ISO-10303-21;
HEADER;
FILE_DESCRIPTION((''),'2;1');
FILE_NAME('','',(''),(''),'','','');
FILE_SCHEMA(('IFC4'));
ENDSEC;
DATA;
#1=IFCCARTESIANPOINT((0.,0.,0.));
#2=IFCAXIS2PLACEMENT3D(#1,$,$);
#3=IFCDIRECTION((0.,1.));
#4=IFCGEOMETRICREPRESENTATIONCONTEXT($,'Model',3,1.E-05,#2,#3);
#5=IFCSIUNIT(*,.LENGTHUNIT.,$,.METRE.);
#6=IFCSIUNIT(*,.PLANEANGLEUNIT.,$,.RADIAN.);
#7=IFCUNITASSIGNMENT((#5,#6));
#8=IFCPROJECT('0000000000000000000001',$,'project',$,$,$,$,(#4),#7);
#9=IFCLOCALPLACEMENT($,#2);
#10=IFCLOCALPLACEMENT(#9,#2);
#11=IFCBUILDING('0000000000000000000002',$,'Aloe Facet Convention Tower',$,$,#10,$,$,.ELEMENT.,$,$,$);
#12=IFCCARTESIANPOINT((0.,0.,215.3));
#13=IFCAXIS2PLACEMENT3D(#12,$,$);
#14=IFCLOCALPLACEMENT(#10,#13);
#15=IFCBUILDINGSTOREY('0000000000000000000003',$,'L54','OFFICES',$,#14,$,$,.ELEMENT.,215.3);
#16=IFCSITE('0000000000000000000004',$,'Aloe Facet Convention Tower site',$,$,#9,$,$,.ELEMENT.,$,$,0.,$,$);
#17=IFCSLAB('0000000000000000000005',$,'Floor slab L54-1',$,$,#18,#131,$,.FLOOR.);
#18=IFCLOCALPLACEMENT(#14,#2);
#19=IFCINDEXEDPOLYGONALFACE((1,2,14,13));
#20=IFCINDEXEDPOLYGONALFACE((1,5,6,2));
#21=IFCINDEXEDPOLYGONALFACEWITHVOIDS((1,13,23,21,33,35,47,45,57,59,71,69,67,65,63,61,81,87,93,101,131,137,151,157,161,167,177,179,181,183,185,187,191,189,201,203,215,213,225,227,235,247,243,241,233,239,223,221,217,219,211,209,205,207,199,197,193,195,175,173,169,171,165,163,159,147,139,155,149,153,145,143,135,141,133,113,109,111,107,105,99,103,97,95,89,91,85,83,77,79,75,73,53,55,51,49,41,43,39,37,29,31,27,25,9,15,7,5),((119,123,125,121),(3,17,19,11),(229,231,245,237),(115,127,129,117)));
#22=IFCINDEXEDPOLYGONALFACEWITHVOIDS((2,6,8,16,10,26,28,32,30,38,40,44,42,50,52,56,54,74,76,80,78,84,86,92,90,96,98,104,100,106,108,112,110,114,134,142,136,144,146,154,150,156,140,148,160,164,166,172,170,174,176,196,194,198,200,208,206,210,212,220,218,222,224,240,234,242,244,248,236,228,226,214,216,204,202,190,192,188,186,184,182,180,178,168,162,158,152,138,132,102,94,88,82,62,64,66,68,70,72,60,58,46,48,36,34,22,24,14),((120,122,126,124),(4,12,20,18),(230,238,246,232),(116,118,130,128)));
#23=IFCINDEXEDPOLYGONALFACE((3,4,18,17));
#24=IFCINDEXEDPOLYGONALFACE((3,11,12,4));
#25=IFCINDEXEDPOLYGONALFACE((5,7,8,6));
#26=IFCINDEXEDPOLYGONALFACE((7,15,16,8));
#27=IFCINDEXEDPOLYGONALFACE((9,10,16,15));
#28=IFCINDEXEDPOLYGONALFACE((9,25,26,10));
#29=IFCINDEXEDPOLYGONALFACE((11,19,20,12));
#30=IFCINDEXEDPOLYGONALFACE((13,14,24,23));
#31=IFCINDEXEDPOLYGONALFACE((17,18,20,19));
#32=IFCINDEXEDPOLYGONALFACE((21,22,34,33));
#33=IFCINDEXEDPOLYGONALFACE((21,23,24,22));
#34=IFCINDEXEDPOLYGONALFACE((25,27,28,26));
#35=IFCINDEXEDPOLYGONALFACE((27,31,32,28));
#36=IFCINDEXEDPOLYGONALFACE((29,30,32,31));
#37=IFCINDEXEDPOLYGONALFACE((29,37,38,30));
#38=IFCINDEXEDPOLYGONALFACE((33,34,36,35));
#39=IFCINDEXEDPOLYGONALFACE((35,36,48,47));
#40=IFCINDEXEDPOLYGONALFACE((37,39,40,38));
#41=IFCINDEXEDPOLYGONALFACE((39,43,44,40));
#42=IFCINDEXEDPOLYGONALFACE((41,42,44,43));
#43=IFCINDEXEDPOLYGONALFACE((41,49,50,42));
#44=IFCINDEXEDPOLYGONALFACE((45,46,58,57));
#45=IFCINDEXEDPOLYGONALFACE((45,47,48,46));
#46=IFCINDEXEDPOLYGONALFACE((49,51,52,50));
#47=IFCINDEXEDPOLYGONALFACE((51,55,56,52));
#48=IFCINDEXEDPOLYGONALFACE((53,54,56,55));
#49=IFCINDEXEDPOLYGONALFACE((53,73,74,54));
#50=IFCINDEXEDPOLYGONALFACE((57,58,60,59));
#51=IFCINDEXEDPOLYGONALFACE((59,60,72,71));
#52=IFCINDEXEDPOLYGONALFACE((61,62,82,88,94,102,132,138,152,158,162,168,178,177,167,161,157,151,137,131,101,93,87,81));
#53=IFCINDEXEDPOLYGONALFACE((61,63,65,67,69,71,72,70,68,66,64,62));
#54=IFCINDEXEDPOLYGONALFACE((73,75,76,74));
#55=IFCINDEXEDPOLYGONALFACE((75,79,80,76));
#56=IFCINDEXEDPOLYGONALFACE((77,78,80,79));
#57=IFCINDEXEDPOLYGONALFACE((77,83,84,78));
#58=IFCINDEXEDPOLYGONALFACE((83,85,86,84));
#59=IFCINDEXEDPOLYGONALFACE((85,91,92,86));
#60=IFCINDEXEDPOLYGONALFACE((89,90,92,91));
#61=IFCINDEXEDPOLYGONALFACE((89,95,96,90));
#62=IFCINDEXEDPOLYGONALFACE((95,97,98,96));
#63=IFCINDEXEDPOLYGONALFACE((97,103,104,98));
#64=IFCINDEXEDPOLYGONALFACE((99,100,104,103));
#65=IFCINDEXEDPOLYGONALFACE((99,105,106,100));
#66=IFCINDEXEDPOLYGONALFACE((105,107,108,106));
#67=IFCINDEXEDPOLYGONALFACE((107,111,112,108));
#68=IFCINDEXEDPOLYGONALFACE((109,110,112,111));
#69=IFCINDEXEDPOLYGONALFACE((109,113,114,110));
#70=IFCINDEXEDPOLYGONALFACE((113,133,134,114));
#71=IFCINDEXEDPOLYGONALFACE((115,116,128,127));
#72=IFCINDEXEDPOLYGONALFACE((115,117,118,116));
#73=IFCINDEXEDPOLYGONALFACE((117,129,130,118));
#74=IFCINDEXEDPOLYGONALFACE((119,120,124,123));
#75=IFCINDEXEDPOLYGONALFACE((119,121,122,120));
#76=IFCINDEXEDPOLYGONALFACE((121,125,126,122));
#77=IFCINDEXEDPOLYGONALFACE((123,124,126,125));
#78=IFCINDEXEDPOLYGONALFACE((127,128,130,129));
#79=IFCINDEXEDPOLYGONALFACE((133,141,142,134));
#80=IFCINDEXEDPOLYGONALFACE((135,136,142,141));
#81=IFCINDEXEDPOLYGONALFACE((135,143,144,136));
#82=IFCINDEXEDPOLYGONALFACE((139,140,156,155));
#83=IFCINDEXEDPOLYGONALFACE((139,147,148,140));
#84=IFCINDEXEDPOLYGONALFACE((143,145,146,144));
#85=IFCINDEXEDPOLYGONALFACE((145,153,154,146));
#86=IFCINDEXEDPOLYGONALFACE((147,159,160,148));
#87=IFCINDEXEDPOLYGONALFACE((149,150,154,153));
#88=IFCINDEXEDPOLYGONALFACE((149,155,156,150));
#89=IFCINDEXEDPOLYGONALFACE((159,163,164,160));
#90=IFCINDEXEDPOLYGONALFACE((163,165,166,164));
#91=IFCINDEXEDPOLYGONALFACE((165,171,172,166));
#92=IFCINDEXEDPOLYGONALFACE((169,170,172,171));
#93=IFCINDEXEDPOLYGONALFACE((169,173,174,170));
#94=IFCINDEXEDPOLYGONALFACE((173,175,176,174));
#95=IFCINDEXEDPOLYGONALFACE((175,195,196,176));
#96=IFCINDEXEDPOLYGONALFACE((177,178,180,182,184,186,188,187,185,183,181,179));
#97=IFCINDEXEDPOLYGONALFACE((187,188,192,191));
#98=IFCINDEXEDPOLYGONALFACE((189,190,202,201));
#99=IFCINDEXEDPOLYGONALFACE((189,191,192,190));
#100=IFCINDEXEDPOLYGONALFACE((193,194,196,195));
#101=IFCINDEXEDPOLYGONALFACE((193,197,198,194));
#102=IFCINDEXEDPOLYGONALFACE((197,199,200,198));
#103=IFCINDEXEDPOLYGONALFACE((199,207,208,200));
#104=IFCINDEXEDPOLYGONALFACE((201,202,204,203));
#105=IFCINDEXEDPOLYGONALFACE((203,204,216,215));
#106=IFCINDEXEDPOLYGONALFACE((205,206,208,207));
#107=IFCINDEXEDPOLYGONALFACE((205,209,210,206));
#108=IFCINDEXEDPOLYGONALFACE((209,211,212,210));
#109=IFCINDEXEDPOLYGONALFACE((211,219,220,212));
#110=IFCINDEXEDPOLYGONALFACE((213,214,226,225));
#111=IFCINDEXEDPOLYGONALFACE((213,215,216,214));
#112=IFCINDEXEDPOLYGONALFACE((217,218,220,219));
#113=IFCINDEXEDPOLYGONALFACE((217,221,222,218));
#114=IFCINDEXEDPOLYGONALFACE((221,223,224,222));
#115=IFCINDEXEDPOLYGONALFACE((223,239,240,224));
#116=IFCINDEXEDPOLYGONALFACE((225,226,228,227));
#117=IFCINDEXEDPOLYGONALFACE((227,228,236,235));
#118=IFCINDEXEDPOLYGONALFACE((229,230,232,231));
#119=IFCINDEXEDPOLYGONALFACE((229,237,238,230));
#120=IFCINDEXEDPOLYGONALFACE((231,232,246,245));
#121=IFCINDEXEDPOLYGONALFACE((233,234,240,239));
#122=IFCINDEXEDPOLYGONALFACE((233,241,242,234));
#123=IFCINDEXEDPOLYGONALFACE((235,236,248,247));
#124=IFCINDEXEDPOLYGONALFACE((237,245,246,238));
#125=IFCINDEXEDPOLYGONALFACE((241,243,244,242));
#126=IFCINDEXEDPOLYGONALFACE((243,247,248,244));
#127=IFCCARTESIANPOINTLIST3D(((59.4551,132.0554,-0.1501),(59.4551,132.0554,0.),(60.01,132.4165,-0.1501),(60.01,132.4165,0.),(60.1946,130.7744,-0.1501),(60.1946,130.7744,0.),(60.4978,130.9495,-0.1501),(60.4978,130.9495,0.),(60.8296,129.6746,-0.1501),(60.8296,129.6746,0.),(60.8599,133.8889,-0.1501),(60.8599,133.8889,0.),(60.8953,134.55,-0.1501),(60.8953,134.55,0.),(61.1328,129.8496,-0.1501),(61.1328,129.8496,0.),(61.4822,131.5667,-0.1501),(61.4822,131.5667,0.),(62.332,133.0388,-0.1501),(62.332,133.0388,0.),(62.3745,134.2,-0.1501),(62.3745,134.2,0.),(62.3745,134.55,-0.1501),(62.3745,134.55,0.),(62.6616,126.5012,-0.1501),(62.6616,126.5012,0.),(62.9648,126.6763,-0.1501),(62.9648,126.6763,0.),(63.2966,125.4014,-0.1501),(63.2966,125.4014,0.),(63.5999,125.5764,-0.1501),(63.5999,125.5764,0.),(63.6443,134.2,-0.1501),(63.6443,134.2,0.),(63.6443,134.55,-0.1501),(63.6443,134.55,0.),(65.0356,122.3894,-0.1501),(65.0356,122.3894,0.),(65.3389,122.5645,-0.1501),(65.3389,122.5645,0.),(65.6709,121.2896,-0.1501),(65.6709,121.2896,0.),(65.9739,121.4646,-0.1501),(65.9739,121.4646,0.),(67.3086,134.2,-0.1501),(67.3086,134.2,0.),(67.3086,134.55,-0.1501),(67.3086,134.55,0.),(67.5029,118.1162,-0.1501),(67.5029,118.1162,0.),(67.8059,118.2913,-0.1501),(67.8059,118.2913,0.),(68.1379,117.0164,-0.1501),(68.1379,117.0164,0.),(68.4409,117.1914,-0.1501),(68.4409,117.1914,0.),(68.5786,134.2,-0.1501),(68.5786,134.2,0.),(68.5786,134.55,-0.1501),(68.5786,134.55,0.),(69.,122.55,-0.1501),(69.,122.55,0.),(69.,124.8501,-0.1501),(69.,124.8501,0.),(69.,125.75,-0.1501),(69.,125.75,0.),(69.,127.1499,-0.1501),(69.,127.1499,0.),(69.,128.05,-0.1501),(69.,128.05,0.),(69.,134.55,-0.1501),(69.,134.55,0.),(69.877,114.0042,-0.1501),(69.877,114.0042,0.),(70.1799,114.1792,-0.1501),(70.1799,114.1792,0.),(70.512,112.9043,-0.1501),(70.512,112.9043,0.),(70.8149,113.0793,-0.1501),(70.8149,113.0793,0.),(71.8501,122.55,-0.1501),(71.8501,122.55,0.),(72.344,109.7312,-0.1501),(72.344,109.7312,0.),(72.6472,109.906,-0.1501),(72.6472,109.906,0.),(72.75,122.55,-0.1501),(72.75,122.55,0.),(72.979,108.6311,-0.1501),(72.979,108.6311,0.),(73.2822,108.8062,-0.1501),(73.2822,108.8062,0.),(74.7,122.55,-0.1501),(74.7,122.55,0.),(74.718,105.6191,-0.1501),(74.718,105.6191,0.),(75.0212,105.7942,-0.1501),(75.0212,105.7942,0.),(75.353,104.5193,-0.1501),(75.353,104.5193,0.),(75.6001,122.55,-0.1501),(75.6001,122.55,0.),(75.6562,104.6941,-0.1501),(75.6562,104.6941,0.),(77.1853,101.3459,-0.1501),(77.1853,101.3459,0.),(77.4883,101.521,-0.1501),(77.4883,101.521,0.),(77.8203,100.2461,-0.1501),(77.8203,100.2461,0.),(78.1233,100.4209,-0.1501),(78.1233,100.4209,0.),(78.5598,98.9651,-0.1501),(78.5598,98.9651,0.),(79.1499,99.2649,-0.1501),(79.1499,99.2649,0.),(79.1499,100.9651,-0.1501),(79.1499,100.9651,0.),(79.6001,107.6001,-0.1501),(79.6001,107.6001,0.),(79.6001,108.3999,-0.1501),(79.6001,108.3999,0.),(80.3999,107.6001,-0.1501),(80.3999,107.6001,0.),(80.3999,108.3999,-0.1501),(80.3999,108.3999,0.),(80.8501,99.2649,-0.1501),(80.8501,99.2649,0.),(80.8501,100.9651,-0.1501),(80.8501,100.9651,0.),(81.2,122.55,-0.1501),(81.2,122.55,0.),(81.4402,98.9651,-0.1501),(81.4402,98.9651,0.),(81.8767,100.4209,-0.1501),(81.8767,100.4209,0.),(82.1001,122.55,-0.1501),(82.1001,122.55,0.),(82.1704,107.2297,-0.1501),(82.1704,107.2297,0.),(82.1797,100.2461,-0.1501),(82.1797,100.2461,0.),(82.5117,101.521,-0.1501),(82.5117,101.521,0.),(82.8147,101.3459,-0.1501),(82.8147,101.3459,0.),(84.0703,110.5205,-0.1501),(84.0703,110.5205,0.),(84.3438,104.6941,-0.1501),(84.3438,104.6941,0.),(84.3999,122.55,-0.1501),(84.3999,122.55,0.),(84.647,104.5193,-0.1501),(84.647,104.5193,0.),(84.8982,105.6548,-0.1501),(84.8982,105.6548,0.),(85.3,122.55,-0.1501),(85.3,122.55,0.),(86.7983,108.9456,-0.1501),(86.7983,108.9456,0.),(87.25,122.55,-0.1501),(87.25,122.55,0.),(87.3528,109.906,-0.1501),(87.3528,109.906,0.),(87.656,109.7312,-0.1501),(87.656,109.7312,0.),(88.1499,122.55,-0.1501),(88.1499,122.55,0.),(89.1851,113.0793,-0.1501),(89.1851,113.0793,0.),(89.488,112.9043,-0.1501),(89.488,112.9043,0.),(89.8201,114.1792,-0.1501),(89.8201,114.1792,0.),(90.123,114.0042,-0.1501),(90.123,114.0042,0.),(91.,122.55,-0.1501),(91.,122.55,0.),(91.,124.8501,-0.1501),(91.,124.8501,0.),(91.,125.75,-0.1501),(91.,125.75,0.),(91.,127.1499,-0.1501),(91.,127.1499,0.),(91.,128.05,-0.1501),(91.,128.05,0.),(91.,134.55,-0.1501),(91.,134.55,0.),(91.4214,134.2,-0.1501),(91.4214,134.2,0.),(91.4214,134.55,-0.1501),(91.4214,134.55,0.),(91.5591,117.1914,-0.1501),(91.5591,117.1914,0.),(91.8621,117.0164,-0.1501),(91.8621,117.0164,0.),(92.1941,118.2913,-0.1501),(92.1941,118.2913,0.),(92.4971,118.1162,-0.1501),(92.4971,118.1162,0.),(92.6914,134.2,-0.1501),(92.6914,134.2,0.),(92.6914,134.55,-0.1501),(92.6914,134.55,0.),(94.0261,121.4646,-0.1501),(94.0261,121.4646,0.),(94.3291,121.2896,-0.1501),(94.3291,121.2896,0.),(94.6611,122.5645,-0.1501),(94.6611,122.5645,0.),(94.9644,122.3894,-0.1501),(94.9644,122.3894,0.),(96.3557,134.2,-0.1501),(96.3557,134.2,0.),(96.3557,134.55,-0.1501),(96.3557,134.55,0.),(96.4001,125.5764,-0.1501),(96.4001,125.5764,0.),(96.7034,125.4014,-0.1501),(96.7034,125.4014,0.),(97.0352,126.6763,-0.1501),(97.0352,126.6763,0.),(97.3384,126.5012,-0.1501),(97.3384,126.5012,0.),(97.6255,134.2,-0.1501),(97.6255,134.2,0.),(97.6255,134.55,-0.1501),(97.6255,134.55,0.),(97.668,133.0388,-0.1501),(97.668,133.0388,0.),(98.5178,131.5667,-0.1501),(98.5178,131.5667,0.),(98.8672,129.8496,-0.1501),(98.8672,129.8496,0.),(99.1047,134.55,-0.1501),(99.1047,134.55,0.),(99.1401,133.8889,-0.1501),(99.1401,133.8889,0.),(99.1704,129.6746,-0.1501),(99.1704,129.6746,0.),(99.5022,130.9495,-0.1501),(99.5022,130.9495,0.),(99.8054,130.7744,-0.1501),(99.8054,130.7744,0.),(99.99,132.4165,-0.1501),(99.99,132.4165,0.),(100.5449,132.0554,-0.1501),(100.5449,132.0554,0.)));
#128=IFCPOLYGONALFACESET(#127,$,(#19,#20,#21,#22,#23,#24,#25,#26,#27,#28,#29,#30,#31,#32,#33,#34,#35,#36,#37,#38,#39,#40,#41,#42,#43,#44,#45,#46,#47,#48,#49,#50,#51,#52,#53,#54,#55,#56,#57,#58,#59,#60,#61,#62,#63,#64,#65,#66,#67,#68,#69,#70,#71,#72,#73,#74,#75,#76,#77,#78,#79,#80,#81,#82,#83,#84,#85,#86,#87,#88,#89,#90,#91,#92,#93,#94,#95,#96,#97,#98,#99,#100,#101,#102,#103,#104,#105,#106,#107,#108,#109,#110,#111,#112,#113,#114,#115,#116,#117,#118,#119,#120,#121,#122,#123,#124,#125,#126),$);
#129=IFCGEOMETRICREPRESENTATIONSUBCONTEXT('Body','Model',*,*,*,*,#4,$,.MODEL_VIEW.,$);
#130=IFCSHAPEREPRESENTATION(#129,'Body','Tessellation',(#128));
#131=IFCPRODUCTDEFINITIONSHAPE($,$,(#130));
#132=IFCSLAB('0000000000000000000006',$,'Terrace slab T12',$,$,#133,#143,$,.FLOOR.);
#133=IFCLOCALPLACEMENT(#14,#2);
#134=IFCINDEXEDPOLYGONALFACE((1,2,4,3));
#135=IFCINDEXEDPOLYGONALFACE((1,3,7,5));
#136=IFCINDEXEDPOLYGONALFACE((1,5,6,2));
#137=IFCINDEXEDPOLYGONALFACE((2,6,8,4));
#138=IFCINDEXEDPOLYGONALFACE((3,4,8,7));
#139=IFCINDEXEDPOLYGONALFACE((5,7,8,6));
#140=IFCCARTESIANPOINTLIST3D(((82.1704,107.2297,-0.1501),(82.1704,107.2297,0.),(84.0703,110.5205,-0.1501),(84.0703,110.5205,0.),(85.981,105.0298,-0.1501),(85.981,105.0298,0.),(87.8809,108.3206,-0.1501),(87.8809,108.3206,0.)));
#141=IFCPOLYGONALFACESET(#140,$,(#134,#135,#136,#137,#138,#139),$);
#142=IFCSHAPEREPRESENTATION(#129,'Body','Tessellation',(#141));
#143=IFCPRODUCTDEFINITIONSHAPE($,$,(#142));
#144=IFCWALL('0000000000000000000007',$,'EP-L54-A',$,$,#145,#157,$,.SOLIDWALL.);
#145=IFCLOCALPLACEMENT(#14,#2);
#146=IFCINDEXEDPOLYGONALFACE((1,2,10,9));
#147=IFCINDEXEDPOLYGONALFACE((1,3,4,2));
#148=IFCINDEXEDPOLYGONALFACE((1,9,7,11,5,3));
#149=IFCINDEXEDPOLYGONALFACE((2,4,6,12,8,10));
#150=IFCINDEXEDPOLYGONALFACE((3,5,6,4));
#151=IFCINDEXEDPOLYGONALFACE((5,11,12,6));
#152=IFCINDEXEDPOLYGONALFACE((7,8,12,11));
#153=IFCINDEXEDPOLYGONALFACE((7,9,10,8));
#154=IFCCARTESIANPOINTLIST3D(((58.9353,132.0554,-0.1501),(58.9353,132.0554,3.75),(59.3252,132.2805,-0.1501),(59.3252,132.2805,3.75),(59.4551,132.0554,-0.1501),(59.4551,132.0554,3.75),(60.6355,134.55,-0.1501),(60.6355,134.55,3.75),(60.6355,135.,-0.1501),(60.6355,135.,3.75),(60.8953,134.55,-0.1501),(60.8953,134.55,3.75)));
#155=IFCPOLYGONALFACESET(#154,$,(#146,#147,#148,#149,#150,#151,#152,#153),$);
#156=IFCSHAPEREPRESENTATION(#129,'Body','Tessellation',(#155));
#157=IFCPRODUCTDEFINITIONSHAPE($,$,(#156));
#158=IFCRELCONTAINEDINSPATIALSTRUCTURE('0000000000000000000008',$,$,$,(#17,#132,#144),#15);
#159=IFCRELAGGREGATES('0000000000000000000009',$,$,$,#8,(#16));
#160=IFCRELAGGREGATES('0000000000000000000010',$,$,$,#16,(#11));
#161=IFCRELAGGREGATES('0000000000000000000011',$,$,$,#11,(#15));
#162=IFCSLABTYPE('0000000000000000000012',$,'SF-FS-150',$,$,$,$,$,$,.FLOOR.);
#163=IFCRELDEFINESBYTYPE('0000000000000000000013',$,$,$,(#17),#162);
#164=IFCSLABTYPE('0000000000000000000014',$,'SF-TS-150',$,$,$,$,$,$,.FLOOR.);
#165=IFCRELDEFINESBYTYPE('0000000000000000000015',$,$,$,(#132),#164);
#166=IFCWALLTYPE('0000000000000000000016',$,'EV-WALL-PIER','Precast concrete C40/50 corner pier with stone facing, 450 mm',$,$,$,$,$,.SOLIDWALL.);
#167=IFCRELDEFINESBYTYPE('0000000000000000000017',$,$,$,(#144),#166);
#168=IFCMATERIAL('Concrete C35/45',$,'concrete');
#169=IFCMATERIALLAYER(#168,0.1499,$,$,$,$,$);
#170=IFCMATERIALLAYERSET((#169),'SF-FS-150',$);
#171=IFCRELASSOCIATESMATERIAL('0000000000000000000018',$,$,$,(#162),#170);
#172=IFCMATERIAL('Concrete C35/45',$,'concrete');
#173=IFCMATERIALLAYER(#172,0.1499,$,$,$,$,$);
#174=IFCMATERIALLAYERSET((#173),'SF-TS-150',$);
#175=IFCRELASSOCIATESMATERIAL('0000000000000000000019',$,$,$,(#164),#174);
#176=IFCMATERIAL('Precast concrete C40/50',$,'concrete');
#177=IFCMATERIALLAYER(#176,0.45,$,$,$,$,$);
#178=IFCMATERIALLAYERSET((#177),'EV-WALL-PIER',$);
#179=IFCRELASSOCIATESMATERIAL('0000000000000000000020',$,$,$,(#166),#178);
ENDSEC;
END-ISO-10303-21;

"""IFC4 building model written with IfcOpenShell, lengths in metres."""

from ifc_helpers import new_model, si_unit, direction, frame, origin, place, context, subcontext, project, spatial, polyline, outline, extrude, material, layer, layer_set, type_object, element, save


model = new_model("IFC4")

# Units and contexts
model_context = context("Model", 3, precision=1e-05, world=origin(), true_north=direction((0.0, 1.0)))
body_context = subcontext(model_context, "Body", "Model", "MODEL_VIEW")
ifc_project = project(units=[si_unit("LENGTHUNIT", "METRE"), si_unit("PLANEANGLEUNIT", "RADIAN")], contexts=[model_context])

# Site, building, storey
site_placement = place(None, origin())
site = spatial("IfcSite", under=ifc_project, at=site_placement, Name="Aloe Facet Convention Tower site", CompositionType="ELEMENT", RefElevation=0.0)
building_placement = place(site_placement, origin())
building = spatial("IfcBuilding", under=site, at=building_placement, Name="Aloe Facet Convention Tower", CompositionType="ELEMENT")
storey_placement = place(building_placement, frame((0.0, 0.0, 215.3)))
storey = spatial("IfcBuildingStorey", under=building, at=storey_placement, Name="L54", Description="OFFICES", CompositionType="ELEMENT", Elevation=215.3)

# Slabs
ifc_material_1 = material(Name="Concrete C35/45", Category="concrete")
ifc_layer_1 = layer(ifc_material_1, 0.1499)
ifc_layer_set_1 = layer_set([ifc_layer_1], Name="SF-FS-150")
slab_type_1 = type_object("IfcSlabType", Name="SF-FS-150", PredefinedType="FLOOR", material=ifc_layer_set_1)
slab_1_placement = place(storey_placement, frame((0.0, 0.0, -0.1501)))
element("IfcSlab", 1, at=slab_1_placement, inside=storey, type_object=slab_type_1, Name="Floor slab L54-1", PredefinedType="FLOOR", context=body_context, shape_type="SweptSolid", body=[
    extrude(outline(polyline([(78.5598, 98.9651), (77.8203, 100.2461), (78.1233, 100.4209), (77.4883, 101.521), (77.1853, 101.3459), (75.353, 104.5193), (75.6562, 104.6941), (75.0212, 105.7942), (74.718, 105.6191), (72.979, 108.6311), (73.2822, 108.8062), (72.6472, 109.906), (72.344, 109.7312), (70.512, 112.9043), (70.8149, 113.0793), (70.1799, 114.1792), (69.877, 114.0042), (68.1379, 117.0164), (68.4409, 117.1914), (67.8059, 118.2913), (67.5029, 118.1162), (65.6709, 121.2896), (65.9739, 121.4646), (65.3389, 122.5645), (65.0356, 122.3894), (63.2966, 125.4014), (63.5999, 125.5764), (62.9648, 126.6763), (62.6616, 126.5012), (60.8296, 129.6746), (61.1328, 129.8496), (60.4978, 130.9495), (60.1946, 130.7744), (59.4551, 132.0554), (60.8953, 134.55), (62.3745, 134.55), (62.3745, 134.2), (63.6443, 134.2), (63.6443, 134.55), (67.3086, 134.55), (67.3086, 134.2), (68.5786, 134.2), (68.5786, 134.55), (69.0, 134.55), (69.0, 128.05), (69.0, 127.1499), (69.0, 125.75), (69.0, 124.8501), (69.0, 122.55), (71.8501, 122.55), (72.75, 122.55), (74.7, 122.55), (75.6001, 122.55), (81.2, 122.55), (82.1001, 122.55), (84.3999, 122.55), (85.3, 122.55), (87.25, 122.55), (88.1499, 122.55), (91.0, 122.55), (91.0, 124.8501), (91.0, 125.75), (91.0, 127.1499), (91.0, 128.05), (91.0, 134.55), (91.4214, 134.55), (91.4214, 134.2), (92.6914, 134.2), (92.6914, 134.55), (96.3557, 134.55), (96.3557, 134.2), (97.6255, 134.2), (97.6255, 134.55), (99.1047, 134.55), (100.5449, 132.0554), (99.8054, 130.7744), (99.5022, 130.9495), (98.8672, 129.8496), (99.1704, 129.6746), (97.3384, 126.5012), (97.0352, 126.6763), (96.4001, 125.5764), (96.7034, 125.4014), (94.9644, 122.3894), (94.6611, 122.5645), (94.0261, 121.4646), (94.3291, 121.2896), (92.4971, 118.1162), (92.1941, 118.2913), (91.5591, 117.1914), (91.8621, 117.0164), (90.123, 114.0042), (89.8201, 114.1792), (89.1851, 113.0793), (89.488, 112.9043), (87.656, 109.7312), (87.3528, 109.906), (86.7983, 108.9456), (84.0703, 110.5205), (82.1704, 107.2297), (84.8982, 105.6548), (84.3438, 104.6941), (84.647, 104.5193), (82.8147, 101.3459), (82.5117, 101.521), (81.8767, 100.4209), (82.1797, 100.2461), (81.4402, 98.9651), (78.5598, 98.9651)]), holes=[polyline([(80.8501, 99.2649), (80.8501, 100.9651), (79.1499, 100.9651), (79.1499, 99.2649), (80.8501, 99.2649)]), polyline([(60.8599, 133.8889), (60.01, 132.4165), (61.4822, 131.5667), (62.332, 133.0388), (60.8599, 133.8889)]), polyline([(80.3999, 107.6001), (80.3999, 108.3999), (79.6001, 108.3999), (79.6001, 107.6001), (80.3999, 107.6001)]), polyline([(99.99, 132.4165), (99.1401, 133.8889), (97.668, 133.0388), (98.5178, 131.5667), (99.99, 132.4165)])]), origin(), (0.0, 0.0, 1.0), 0.1501),
])
ifc_material_2 = material(Name="Concrete C35/45", Category="concrete")
ifc_layer_2 = layer(ifc_material_2, 0.1499)
ifc_layer_set_2 = layer_set([ifc_layer_2], Name="SF-TS-150")
slab_type_2 = type_object("IfcSlabType", Name="SF-TS-150", PredefinedType="FLOOR", material=ifc_layer_set_2)
slab_2_placement = place(storey_placement, frame((0.0, 0.0, -0.1501)))
element("IfcSlab", 2, at=slab_2_placement, inside=storey, type_object=slab_type_2, Name="Terrace slab T12", PredefinedType="FLOOR", context=body_context, shape_type="SweptSolid", body=[
    extrude(outline(polyline([(85.981, 105.0298), (82.1704, 107.2297), (84.0703, 110.5205), (87.8809, 108.3206), (85.981, 105.0298)])), origin(), (0.0, 0.0, 1.0), 0.1501),
])

# Wall
ifc_material_3 = material(Name="Precast concrete C40/50", Category="concrete")
ifc_layer_3 = layer(ifc_material_3, 0.45)
ifc_layer_set_3 = layer_set([ifc_layer_3], Name="EV-WALL-PIER")
wall_type_1 = type_object("IfcWallType", Name="EV-WALL-PIER", Description="Precast concrete C40/50 corner pier with stone facing, 450 mm", PredefinedType="SOLIDWALL", material=ifc_layer_set_3)
wall_1_placement = place(storey_placement, frame((0.0, 0.0, -0.1501)))
element("IfcWall", 3, at=wall_1_placement, inside=storey, type_object=wall_type_1, Name="EP-L54-A", PredefinedType="SOLIDWALL", context=body_context, shape_type="SweptSolid", body=[
    extrude(outline(polyline([(60.6355, 135.0), (60.6355, 134.55), (60.8953, 134.55), (59.4551, 132.0554), (59.3252, 132.2805), (58.9353, 132.0554), (60.6355, 135.0)])), origin(), (0.0, 0.0, 1.0), 3.9001),
])

save(model, "model.ifc")
